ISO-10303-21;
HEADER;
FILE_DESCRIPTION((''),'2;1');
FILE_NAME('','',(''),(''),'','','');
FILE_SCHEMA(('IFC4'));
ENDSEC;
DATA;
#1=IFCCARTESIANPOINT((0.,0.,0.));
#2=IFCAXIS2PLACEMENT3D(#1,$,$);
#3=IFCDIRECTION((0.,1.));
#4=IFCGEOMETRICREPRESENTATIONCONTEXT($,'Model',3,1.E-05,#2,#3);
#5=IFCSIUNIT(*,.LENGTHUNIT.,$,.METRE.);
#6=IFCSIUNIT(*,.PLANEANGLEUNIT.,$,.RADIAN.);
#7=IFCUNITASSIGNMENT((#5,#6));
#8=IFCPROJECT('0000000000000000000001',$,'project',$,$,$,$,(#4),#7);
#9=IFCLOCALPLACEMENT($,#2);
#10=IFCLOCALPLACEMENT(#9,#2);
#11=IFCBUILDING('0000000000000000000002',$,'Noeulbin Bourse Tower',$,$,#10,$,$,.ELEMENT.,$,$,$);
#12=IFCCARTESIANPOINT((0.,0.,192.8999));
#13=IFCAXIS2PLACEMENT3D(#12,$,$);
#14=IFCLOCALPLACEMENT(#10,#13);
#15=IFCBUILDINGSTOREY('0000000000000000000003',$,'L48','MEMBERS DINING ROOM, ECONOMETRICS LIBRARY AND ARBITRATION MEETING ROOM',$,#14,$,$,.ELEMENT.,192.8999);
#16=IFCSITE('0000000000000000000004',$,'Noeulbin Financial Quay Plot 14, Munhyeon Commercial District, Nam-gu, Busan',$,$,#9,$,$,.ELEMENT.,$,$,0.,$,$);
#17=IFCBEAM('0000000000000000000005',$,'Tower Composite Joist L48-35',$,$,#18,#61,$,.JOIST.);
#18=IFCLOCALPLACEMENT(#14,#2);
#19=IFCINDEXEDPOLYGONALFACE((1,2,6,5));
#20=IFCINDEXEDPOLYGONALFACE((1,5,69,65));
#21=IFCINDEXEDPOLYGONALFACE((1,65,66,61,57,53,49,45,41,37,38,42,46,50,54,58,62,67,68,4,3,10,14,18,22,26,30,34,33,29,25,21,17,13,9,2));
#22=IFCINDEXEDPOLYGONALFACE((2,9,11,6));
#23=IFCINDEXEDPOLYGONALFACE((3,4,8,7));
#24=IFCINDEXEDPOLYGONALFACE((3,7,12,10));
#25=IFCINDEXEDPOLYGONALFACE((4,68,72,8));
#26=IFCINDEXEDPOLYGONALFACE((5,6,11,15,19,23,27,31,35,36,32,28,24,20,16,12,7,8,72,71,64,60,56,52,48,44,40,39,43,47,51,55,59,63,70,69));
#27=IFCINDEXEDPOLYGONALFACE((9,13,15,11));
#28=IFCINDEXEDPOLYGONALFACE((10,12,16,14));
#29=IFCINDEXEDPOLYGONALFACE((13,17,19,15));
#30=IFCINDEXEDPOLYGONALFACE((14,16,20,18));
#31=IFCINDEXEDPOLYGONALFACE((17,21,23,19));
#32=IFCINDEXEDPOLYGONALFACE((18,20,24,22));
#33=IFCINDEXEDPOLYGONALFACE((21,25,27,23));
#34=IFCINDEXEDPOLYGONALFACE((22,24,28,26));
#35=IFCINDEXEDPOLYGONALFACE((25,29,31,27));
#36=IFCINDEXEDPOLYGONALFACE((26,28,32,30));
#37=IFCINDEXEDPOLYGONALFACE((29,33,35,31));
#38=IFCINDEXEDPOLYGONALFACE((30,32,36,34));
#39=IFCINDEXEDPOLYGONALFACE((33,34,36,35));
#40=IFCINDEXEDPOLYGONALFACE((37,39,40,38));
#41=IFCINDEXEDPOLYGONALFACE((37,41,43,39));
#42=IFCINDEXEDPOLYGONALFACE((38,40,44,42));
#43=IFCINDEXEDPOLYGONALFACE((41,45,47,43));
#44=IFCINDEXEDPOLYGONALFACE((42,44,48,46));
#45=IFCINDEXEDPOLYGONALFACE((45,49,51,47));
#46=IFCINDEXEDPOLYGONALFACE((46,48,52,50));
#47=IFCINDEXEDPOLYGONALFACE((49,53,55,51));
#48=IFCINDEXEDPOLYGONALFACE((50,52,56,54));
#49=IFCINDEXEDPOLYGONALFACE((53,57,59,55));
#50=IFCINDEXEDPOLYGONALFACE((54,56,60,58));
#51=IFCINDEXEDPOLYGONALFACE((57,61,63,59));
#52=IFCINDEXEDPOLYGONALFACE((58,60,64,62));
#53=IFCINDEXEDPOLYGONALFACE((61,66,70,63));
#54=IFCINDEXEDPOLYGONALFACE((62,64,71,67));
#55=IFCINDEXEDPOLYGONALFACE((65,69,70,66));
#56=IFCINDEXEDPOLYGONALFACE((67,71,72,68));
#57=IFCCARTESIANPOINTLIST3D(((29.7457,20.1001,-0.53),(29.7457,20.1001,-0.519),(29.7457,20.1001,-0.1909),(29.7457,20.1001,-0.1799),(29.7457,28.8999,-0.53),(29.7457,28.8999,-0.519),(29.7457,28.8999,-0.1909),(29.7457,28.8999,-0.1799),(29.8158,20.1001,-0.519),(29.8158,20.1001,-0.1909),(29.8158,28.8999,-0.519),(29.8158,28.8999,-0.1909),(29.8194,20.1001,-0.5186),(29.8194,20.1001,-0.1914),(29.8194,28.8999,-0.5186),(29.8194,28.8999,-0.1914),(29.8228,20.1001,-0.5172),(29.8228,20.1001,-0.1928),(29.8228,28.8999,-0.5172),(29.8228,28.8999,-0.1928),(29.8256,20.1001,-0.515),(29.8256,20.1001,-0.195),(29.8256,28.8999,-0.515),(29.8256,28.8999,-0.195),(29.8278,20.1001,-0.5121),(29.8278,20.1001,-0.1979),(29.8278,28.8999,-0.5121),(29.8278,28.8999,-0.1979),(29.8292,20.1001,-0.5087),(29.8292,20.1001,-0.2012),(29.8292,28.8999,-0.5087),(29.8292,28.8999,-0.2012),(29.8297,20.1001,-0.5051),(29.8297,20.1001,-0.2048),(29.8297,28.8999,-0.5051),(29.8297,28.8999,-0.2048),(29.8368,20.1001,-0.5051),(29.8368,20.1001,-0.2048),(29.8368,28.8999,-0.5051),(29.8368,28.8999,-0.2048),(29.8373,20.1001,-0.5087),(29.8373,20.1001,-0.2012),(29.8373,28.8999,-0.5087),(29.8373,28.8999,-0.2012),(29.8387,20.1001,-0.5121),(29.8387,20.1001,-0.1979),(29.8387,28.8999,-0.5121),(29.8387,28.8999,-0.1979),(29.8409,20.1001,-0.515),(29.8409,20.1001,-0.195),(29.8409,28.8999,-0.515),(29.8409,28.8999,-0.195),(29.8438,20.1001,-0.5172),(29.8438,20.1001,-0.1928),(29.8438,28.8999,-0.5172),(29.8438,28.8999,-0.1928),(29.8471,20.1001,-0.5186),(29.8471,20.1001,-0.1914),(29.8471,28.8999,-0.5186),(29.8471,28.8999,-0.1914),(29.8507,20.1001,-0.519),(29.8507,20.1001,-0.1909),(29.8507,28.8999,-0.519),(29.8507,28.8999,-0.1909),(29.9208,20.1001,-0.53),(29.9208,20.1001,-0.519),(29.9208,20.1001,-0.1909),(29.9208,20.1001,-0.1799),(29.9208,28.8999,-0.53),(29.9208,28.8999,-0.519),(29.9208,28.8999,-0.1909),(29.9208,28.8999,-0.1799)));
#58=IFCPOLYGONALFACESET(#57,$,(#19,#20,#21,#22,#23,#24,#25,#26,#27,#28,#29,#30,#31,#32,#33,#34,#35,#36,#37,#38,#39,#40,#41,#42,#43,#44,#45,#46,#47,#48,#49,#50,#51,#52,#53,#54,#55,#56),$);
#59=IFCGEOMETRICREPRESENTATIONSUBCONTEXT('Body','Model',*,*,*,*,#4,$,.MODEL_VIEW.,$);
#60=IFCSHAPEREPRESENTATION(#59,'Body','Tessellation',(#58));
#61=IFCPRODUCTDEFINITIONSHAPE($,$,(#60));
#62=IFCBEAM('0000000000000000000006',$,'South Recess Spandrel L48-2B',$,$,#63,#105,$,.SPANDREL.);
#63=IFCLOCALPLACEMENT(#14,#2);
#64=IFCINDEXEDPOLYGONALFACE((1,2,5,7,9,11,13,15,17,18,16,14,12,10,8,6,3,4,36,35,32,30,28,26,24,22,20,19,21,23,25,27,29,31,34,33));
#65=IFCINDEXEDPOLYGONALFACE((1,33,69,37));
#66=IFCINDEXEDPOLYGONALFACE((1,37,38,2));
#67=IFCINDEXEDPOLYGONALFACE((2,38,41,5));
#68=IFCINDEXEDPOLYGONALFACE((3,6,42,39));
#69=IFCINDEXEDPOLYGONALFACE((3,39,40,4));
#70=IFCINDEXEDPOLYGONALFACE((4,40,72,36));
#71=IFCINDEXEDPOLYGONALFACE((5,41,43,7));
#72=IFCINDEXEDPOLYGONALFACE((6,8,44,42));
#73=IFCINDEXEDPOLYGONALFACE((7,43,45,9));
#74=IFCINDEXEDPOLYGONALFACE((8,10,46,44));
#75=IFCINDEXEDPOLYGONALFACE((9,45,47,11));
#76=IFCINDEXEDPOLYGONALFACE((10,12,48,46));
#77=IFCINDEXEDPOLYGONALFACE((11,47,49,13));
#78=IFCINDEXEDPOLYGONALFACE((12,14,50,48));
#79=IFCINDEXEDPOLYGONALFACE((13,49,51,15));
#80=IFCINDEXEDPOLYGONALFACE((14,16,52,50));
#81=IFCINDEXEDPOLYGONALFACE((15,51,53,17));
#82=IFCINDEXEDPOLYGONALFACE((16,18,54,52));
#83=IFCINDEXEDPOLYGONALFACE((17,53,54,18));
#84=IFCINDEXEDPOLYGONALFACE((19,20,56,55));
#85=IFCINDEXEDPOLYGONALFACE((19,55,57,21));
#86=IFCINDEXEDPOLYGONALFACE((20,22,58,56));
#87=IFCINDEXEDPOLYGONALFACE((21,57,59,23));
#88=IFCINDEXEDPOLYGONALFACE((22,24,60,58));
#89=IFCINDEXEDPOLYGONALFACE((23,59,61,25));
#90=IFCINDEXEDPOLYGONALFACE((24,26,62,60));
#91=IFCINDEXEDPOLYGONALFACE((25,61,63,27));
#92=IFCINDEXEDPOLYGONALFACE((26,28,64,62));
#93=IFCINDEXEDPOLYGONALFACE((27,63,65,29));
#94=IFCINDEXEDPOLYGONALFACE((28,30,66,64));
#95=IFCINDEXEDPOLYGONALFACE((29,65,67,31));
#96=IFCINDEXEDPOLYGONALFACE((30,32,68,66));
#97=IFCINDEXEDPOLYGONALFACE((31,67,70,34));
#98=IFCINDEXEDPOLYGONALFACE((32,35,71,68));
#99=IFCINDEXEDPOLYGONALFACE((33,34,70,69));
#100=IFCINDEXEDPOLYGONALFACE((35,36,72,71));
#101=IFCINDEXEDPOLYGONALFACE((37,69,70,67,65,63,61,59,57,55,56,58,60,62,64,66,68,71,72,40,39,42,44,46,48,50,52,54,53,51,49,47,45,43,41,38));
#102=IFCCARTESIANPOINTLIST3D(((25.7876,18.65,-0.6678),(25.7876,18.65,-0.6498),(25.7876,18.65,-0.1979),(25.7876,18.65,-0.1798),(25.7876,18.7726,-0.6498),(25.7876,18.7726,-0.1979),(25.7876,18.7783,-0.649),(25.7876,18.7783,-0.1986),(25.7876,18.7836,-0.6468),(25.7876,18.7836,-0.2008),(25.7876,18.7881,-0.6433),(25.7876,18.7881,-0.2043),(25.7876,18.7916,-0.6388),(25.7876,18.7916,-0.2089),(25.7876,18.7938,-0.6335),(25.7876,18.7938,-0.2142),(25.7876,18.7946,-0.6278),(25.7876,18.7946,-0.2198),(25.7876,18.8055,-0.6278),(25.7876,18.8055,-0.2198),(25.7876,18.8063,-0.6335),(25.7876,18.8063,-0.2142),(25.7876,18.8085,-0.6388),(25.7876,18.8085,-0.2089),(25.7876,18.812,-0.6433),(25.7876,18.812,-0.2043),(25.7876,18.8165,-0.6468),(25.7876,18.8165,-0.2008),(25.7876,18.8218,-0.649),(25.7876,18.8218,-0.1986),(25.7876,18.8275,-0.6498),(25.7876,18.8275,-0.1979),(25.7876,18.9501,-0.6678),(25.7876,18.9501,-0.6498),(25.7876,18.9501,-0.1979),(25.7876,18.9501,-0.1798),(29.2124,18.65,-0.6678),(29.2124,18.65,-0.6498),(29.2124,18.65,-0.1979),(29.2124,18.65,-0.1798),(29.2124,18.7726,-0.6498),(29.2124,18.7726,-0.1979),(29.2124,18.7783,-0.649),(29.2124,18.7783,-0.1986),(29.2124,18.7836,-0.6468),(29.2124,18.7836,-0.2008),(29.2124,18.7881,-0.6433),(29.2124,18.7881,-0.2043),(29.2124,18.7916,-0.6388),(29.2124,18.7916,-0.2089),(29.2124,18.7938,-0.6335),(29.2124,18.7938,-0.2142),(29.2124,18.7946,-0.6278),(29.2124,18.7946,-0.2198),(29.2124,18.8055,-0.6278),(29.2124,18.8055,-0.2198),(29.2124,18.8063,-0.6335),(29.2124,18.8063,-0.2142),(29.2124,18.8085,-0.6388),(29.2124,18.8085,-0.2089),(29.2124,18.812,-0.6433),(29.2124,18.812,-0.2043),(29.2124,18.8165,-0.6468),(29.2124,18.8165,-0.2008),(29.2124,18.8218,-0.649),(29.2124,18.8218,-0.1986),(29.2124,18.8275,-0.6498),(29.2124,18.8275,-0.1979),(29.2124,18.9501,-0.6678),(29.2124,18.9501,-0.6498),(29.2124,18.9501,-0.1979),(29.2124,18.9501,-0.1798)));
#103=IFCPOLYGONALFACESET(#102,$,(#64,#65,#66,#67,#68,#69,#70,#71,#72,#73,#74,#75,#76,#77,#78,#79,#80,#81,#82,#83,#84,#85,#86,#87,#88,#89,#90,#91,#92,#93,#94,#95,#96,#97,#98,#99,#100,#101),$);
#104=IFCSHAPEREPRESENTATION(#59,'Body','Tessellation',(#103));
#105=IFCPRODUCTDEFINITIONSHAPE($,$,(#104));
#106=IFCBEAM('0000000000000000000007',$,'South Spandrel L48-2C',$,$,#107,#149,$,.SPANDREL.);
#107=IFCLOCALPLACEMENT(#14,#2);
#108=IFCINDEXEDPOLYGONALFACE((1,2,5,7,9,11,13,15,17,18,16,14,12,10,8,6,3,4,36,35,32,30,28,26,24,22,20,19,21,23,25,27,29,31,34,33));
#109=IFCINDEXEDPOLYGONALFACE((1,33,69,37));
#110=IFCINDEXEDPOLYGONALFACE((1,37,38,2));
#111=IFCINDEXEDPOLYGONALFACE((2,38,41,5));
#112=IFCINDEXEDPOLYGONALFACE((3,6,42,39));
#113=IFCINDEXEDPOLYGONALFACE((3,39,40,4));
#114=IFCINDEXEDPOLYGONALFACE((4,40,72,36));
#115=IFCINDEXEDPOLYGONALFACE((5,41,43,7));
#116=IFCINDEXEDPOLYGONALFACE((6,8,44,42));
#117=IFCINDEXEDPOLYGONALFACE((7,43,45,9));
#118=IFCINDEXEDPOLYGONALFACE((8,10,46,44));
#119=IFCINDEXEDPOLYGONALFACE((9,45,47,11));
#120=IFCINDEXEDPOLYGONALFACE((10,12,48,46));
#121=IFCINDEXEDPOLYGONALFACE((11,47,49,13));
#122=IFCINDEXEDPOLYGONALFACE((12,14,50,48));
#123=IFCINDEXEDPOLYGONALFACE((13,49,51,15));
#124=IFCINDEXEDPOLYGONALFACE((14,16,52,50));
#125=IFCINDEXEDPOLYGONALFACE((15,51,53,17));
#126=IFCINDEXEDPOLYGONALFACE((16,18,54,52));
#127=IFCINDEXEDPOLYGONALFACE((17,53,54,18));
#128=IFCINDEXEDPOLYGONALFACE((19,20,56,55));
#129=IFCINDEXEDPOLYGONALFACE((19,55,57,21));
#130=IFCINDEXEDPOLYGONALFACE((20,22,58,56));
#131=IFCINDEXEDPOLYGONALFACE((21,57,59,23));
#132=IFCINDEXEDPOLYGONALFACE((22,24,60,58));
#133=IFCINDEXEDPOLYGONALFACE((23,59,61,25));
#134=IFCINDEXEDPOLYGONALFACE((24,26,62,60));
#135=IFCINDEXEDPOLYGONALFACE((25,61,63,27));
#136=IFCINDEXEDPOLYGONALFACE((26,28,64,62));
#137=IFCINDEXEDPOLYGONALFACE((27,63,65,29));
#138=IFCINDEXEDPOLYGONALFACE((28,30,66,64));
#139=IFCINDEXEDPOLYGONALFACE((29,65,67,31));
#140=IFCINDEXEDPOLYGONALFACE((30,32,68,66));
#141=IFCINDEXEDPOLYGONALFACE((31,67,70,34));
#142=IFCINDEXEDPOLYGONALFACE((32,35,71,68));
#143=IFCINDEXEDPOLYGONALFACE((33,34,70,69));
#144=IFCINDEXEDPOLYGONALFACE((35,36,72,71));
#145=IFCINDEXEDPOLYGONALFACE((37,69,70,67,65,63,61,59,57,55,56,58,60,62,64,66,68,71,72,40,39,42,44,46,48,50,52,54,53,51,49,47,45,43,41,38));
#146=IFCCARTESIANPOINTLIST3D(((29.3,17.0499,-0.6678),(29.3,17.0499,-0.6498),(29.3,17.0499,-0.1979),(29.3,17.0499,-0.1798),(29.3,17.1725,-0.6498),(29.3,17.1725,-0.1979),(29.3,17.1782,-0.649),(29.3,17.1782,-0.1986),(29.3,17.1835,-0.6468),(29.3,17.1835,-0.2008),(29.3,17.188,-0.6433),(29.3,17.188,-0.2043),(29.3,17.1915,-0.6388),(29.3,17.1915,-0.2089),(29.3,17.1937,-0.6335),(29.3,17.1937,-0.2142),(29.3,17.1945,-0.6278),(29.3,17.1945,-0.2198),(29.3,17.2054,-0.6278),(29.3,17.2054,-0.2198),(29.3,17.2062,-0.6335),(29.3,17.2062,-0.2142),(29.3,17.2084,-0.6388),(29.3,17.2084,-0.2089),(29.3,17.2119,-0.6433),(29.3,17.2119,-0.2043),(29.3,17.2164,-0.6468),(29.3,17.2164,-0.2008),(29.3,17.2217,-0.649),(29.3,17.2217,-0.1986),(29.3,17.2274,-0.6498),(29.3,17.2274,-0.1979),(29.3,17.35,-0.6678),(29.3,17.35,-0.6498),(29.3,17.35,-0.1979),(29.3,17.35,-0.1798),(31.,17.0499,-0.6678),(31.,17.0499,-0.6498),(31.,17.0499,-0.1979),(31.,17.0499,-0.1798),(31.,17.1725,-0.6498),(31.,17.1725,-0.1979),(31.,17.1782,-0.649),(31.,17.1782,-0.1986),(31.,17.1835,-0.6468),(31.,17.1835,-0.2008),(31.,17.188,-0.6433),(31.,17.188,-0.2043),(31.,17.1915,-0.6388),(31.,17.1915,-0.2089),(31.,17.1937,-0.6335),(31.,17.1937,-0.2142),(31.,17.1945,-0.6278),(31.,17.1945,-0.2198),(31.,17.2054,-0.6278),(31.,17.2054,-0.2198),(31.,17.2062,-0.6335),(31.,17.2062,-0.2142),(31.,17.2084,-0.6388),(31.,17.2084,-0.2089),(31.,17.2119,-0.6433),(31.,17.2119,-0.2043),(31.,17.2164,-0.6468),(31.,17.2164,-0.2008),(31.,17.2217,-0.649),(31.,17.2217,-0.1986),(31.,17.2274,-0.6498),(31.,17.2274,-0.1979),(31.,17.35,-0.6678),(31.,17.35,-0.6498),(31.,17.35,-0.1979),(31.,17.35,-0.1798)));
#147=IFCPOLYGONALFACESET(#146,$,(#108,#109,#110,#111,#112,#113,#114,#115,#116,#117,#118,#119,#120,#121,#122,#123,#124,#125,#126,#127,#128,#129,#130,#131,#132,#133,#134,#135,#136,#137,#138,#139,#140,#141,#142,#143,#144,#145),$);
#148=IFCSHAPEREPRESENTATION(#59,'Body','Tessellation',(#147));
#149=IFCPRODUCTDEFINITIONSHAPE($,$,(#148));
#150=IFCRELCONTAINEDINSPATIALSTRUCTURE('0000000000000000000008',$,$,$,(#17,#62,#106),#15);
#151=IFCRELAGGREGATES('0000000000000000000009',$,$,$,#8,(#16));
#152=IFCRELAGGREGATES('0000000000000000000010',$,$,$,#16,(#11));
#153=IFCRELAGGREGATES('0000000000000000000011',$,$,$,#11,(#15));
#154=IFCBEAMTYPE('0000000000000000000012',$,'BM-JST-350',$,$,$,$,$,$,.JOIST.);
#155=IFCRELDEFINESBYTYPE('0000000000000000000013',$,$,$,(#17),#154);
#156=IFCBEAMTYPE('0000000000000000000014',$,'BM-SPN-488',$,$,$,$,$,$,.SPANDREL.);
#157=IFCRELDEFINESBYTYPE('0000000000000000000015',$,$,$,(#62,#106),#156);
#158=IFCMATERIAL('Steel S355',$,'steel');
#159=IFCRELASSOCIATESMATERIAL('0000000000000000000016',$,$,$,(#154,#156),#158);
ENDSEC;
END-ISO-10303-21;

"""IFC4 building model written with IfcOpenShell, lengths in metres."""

from ifc_helpers import new_model, si_unit, direction, frame, origin, origin_2d, place, context, subcontext, project, spatial, i_section, extrude, material, material_profile, profile_set, type_object, element, save


model = new_model("IFC4")

# Units and contexts
model_context = context("Model", 3, precision=1e-05, world=origin(), true_north=direction((0.0, 1.0)))
body_context = subcontext(model_context, "Body", "Model", "MODEL_VIEW")
ifc_project = project(units=[si_unit("LENGTHUNIT", "METRE"), si_unit("PLANEANGLEUNIT", "RADIAN")], contexts=[model_context])

# Site, building, storey
site_placement = place(None, origin())
site = spatial("IfcSite", under=ifc_project, at=site_placement, Name="Noeulbin Financial Quay Plot 14, Munhyeon Commercial District, Nam-gu, Busan", CompositionType="ELEMENT", RefElevation=0.0)
building_placement = place(site_placement, origin())
building = spatial("IfcBuilding", under=site, at=building_placement, Name="Noeulbin Bourse Tower", CompositionType="ELEMENT")
storey_placement = place(building_placement, frame((0.0, 0.0, 192.8999)))
storey = spatial("IfcBuildingStorey", under=building, at=storey_placement, Name="L48", Description="MEMBERS DINING ROOM, ECONOMETRICS LIBRARY AND ARBITRATION MEETING ROOM", CompositionType="ELEMENT", Elevation=192.8999)

# Beams
ifc_material_1 = material(Name="Steel S355", Category="steel")
ifc_material_profile_1 = material_profile(ifc_material_1, i_section(OverallWidth=0.175, OverallDepth=0.3501, WebThickness=0.0071, FlangeThickness=0.011, FilletRadius=0.0139, at=origin_2d()), Name="H-350x175x7x11", Category="LoadBearing")
ifc_profile_set_1 = profile_set([ifc_material_profile_1], Name="Steel S355")
beam_type_1 = type_object("IfcBeamType", Name="BM-JST-350", PredefinedType="JOIST", material=ifc_profile_set_1)
beam_1_placement = place(storey_placement, frame((29.8333, 20.1001, -0.355), z_axis=(0.0, 1.0, 0.0), x_axis=(-1.0, 0.0, 0.0)))
element("IfcBeam", 1, at=beam_1_placement, inside=storey, type_object=beam_type_1, Name="Tower Composite Joist L48-35", PredefinedType="JOIST", context=body_context, shape_type="SweptSolid", body=[
    extrude(i_section(OverallWidth=0.175, OverallDepth=0.3501, WebThickness=0.0071, FlangeThickness=0.011, FilletRadius=0.0139, at=origin_2d()), origin(), (0.0, 0.0, 1.0), 8.7998),
])
ifc_material_profile_2 = material_profile(ifc_material_1, i_section(OverallWidth=0.3, OverallDepth=0.488, WebThickness=0.011, FlangeThickness=0.0181, FilletRadius=0.022, at=origin_2d()), Name="H-488x300x11x18", Category="LoadBearing")
ifc_profile_set_2 = profile_set([ifc_material_profile_2], Name="Steel S355")
beam_type_2 = type_object("IfcBeamType", Name="BM-SPN-488", PredefinedType="SPANDREL", material=ifc_profile_set_2)
beam_2_placement = place(storey_placement, frame((25.7876, 18.8, -0.4238), z_axis=(1.0, 0.0, 0.0), x_axis=(0.0, 1.0, 0.0)))
element("IfcBeam", 2, at=beam_2_placement, inside=storey, type_object=beam_type_2, Name="South Recess Spandrel L48-2B", PredefinedType="SPANDREL", context=body_context, shape_type="SweptSolid", body=[
    extrude(i_section(OverallWidth=0.3, OverallDepth=0.488, WebThickness=0.011, FlangeThickness=0.0181, FilletRadius=0.022, at=origin_2d()), origin(), (0.0, 0.0, 1.0), 3.4248),
])
beam_3_placement = place(storey_placement, frame((29.3, 17.2, -0.4238), z_axis=(1.0, 0.0, 0.0), x_axis=(0.0, 1.0, 0.0)))
element("IfcBeam", 3, at=beam_3_placement, inside=storey, type_object=beam_type_2, Name="South Spandrel L48-2C", PredefinedType="SPANDREL", context=body_context, shape_type="SweptSolid", body=[
    extrude(i_section(OverallWidth=0.3, OverallDepth=0.488, WebThickness=0.011, FlangeThickness=0.0181, FilletRadius=0.022, at=origin_2d()), origin(), (0.0, 0.0, 1.0), 1.7),
])

save(model, "model.ifc")
